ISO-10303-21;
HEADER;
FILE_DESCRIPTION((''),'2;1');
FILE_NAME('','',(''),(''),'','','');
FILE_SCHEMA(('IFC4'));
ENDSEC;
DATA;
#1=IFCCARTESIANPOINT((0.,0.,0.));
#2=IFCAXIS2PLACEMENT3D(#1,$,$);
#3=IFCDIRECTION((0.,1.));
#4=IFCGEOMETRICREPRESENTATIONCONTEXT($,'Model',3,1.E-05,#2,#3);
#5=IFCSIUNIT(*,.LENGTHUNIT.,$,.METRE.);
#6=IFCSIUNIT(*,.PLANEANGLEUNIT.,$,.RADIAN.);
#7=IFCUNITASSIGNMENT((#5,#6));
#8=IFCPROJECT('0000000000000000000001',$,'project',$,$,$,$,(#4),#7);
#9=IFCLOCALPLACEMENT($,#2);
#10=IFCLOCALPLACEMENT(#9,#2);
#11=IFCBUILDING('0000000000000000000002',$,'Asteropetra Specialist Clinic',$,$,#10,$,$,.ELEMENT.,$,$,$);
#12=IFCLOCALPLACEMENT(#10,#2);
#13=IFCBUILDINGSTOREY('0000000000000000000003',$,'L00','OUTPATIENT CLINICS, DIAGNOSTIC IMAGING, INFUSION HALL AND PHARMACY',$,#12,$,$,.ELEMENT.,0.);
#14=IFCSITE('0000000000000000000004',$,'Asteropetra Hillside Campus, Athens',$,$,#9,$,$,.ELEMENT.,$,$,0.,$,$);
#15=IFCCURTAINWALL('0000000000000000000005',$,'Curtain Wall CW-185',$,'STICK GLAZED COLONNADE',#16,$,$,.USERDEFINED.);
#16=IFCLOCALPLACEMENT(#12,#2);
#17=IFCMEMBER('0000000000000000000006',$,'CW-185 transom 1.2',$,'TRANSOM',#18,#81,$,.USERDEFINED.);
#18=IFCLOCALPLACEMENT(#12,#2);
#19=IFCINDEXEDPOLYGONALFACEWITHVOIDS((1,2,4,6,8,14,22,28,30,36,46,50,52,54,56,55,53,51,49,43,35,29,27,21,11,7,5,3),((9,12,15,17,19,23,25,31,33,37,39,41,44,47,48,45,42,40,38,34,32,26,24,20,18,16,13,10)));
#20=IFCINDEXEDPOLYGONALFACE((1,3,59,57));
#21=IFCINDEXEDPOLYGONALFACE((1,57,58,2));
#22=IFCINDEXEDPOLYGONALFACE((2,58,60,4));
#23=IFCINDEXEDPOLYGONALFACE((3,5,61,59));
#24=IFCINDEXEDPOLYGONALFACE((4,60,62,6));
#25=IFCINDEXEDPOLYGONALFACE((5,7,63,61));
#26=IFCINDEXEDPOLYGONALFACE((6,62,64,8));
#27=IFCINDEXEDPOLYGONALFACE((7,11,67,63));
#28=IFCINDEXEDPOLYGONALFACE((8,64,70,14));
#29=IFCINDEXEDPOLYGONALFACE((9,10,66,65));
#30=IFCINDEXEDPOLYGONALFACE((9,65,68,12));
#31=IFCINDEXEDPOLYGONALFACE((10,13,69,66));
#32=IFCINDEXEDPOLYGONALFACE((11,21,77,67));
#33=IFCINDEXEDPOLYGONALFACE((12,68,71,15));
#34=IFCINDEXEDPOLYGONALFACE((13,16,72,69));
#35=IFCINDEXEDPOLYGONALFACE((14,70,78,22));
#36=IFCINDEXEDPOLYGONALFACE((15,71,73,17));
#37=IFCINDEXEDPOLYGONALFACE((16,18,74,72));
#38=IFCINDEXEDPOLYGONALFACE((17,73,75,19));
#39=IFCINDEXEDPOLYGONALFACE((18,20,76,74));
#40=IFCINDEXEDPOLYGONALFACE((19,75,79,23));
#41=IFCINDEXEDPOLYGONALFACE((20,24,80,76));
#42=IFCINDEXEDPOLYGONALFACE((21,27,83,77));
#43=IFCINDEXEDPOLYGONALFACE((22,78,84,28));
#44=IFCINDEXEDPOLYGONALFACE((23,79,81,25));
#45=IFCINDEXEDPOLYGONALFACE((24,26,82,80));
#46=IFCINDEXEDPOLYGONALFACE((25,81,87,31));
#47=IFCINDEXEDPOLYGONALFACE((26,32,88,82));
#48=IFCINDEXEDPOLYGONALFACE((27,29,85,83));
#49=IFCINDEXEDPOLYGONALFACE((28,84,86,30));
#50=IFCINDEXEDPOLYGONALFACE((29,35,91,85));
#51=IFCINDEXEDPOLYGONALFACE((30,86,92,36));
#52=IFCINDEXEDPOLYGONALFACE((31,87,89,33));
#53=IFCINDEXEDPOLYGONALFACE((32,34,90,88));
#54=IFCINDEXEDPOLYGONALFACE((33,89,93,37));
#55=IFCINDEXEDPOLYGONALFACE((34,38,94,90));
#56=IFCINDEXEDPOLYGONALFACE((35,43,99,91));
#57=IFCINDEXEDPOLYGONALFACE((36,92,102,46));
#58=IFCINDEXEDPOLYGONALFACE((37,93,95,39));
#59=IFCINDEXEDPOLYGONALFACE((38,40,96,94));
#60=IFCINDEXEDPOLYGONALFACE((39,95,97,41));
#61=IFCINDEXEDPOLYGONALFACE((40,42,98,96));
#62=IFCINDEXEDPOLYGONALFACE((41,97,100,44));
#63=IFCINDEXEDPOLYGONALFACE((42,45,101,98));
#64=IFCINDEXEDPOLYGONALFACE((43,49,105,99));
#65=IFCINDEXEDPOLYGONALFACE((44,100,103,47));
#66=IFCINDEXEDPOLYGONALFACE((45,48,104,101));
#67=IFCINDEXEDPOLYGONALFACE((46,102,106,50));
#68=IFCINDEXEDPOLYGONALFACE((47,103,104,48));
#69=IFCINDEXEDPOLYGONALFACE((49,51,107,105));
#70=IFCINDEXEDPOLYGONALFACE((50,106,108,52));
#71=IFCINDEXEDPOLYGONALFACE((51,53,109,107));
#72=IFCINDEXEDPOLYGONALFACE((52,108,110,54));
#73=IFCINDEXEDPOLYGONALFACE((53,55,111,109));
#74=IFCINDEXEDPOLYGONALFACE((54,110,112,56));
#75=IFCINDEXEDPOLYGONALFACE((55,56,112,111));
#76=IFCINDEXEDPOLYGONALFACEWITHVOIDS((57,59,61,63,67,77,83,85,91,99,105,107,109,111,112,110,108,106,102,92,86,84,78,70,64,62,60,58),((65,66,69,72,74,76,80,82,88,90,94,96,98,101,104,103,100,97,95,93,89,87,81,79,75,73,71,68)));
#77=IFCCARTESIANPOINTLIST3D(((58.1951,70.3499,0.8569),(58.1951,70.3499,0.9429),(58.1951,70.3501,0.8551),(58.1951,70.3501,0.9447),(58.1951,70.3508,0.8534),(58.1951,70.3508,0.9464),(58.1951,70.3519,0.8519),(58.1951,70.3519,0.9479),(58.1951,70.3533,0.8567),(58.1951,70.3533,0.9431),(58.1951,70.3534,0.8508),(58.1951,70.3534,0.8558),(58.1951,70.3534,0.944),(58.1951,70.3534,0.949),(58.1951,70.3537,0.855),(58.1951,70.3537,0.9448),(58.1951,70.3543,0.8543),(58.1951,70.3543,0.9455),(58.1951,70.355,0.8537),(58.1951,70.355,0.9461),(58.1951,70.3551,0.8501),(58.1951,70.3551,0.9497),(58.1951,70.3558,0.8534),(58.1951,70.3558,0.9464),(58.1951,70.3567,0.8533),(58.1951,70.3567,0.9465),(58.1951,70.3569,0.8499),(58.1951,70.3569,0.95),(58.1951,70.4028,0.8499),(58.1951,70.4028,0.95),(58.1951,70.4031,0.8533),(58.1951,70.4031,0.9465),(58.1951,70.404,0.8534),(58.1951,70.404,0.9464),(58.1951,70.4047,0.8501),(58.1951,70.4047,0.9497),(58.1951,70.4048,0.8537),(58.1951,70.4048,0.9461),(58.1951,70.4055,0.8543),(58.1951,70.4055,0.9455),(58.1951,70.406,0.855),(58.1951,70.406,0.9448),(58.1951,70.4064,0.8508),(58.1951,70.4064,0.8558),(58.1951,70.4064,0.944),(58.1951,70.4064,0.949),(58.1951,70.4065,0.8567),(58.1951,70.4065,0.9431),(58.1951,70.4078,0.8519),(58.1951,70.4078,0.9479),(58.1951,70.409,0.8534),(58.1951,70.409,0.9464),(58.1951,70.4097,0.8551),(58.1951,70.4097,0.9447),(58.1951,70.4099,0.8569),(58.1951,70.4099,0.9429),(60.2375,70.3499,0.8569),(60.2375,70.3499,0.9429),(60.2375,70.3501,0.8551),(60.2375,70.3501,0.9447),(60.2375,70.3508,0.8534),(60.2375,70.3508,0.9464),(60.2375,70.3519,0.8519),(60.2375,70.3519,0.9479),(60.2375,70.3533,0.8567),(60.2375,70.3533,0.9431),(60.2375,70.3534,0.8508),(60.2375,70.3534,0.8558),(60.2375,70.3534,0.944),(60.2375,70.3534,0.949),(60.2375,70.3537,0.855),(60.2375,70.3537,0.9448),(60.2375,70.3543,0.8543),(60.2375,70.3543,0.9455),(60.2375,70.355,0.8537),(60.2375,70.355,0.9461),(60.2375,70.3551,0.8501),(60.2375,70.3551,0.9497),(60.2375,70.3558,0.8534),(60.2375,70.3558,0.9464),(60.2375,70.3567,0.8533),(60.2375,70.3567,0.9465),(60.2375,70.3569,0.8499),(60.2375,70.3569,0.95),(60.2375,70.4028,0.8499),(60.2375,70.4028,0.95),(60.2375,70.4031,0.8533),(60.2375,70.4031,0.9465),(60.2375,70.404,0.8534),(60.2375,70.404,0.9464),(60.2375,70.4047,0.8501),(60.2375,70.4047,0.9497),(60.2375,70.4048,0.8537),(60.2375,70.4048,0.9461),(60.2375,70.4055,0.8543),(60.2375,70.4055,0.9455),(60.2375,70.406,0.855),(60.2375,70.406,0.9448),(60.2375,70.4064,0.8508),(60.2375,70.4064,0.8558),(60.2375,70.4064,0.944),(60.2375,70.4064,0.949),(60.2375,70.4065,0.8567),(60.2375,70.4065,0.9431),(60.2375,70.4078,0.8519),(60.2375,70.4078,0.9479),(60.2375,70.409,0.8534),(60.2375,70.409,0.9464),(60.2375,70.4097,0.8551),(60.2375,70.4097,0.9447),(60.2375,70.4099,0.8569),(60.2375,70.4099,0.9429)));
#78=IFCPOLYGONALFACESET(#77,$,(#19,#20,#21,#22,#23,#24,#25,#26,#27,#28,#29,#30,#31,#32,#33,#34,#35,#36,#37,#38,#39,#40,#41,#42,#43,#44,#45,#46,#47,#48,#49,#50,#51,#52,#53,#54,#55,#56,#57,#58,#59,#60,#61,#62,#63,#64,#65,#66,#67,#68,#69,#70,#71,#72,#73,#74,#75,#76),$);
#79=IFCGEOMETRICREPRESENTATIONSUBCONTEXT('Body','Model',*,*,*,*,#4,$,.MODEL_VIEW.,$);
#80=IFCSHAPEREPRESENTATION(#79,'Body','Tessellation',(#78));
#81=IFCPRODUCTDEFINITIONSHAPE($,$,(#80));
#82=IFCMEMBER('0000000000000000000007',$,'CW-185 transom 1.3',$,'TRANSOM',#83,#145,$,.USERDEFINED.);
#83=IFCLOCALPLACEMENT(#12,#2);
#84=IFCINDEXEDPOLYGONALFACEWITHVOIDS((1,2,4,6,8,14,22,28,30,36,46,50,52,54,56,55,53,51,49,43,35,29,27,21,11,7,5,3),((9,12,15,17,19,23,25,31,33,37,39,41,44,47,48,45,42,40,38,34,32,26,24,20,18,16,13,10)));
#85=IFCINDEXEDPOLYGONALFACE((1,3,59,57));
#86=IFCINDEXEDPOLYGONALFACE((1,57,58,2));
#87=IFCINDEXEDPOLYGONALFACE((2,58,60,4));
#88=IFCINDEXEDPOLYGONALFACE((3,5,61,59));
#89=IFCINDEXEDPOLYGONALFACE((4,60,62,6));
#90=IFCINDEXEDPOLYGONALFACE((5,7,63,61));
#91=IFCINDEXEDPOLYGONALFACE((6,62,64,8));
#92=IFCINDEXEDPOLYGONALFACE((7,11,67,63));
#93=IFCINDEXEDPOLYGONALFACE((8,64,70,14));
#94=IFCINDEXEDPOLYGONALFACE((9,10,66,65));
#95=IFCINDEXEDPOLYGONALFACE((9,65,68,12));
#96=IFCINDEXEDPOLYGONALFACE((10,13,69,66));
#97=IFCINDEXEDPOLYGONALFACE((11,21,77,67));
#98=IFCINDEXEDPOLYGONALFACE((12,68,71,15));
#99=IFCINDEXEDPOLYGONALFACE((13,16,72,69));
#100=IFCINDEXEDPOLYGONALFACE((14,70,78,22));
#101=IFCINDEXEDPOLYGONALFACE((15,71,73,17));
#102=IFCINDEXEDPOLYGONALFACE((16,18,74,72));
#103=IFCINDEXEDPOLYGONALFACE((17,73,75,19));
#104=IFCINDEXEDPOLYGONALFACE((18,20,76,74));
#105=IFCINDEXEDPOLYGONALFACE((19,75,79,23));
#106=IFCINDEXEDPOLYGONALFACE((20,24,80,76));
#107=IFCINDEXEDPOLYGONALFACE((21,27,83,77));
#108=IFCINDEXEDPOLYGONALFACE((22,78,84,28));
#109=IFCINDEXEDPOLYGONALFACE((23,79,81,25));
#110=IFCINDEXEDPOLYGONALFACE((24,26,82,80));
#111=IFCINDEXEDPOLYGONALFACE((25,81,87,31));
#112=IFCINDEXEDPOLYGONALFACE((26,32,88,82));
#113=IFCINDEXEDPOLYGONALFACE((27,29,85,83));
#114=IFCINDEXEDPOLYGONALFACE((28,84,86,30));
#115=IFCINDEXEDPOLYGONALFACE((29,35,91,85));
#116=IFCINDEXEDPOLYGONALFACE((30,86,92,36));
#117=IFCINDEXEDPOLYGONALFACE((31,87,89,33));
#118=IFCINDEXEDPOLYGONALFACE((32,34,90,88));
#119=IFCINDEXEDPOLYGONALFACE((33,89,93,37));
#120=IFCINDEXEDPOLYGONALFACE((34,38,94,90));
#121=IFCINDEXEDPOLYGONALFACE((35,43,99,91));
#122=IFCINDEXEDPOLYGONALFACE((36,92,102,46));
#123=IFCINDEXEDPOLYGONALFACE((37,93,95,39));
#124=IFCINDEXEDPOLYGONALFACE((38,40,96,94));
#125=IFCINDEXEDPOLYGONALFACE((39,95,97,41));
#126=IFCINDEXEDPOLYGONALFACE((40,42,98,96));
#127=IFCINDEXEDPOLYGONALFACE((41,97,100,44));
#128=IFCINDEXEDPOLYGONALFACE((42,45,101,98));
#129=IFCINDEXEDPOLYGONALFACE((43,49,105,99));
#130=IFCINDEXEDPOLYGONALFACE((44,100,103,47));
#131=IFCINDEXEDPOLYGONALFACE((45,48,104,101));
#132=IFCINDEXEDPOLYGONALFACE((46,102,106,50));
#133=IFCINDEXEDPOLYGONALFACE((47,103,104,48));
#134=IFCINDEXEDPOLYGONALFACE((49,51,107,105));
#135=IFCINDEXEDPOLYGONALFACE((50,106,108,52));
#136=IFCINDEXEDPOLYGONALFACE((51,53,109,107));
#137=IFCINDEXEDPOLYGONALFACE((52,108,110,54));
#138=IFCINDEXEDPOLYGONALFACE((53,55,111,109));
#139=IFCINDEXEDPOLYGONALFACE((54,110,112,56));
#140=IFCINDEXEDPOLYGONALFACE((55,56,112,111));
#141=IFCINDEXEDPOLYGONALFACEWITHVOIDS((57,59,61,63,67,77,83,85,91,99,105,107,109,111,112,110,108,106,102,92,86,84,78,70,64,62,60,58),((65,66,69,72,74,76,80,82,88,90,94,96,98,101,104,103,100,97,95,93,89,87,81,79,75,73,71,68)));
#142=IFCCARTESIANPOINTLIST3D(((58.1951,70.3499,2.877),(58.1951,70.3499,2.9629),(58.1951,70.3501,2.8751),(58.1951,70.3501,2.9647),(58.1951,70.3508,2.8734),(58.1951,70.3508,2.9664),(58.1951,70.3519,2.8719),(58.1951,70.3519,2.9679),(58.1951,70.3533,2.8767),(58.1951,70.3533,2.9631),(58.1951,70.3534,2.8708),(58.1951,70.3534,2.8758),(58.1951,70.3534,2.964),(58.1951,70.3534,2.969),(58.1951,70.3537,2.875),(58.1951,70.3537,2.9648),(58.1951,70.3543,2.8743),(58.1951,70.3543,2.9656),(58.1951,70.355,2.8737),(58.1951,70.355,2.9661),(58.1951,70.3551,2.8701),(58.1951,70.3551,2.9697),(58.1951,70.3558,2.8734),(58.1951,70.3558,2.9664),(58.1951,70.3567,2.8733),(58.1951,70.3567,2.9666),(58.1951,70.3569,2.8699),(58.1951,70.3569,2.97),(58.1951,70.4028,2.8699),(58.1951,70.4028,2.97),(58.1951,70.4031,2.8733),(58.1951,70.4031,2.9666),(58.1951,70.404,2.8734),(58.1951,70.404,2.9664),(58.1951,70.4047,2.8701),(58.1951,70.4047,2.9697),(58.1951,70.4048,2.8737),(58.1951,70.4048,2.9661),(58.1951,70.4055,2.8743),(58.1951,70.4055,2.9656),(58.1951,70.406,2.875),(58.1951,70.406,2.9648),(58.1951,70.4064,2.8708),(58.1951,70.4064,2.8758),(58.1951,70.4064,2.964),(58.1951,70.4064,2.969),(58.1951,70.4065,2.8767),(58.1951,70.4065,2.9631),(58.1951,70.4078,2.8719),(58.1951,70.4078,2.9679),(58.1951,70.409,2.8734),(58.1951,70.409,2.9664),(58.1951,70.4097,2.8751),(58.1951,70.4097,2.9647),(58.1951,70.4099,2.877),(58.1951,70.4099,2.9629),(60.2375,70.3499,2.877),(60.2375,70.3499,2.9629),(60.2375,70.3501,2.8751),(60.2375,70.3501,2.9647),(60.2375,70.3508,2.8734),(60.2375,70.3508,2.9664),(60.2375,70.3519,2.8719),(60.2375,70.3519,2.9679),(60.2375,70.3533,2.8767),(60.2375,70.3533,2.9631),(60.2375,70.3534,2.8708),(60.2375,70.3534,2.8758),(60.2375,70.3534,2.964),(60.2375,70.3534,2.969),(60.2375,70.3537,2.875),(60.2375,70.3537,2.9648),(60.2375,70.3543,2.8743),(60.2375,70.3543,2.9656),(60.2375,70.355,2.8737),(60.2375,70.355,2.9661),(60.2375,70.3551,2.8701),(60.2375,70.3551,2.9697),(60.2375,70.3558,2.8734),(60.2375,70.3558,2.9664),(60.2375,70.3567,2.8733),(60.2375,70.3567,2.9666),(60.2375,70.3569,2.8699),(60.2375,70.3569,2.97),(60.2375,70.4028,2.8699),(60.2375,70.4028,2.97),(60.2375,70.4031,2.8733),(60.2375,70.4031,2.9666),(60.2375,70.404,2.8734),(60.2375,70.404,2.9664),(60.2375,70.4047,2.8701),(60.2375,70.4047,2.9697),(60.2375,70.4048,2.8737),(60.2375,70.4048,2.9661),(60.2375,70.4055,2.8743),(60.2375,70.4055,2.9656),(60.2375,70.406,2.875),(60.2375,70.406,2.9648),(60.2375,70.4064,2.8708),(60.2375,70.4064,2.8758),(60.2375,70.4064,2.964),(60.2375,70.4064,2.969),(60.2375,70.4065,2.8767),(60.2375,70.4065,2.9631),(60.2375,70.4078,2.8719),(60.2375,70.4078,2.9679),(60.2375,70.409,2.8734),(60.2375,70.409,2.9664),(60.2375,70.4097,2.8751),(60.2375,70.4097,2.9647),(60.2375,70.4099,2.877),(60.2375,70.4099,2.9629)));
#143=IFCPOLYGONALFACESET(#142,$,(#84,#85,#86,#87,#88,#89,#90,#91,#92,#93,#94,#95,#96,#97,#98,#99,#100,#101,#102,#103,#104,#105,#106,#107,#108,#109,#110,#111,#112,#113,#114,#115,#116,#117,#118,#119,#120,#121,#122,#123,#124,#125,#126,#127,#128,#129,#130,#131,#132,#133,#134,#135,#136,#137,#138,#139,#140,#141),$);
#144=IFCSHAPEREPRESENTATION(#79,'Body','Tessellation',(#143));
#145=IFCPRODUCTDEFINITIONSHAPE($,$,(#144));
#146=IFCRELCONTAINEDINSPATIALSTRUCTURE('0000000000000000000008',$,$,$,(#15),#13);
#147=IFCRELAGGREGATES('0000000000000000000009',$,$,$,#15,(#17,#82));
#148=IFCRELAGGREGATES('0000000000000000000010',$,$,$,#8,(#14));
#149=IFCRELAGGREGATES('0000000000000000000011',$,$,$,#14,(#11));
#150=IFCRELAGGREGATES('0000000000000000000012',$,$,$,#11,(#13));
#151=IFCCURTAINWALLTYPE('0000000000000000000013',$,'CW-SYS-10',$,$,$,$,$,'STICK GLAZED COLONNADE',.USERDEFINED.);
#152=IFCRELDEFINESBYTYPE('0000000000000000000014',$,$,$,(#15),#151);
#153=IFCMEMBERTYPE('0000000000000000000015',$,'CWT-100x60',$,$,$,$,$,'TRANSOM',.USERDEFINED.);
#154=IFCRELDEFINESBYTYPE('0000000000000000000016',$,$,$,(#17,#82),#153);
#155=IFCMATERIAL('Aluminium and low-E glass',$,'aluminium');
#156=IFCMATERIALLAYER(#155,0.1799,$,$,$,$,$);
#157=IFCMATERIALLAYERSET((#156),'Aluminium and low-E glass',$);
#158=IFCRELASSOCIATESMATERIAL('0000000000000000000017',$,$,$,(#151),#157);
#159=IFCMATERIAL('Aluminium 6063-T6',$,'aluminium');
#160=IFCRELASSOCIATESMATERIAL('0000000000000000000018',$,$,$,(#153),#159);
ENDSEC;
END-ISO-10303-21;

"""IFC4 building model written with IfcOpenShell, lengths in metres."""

from ifc_helpers import new_model, si_unit, direction, frame, origin, origin_2d, place, context, subcontext, project, spatial, hollow_rectangle, extrude, material, layer, layer_set, material_profile, profile_set, type_object, element, aggregate, save


model = new_model("IFC4")

# Units and contexts
model_context = context("Model", 3, precision=1e-05, world=origin(), true_north=direction((0.0, 1.0)))
body_context = subcontext(model_context, "Body", "Model", "MODEL_VIEW")
ifc_project = project(units=[si_unit("LENGTHUNIT", "METRE"), si_unit("PLANEANGLEUNIT", "RADIAN")], contexts=[model_context])

# Site, building, storey
site_placement = place(None, origin())
site = spatial("IfcSite", under=ifc_project, at=site_placement, Name="Asteropetra Hillside Campus, Athens", CompositionType="ELEMENT", RefElevation=0.0)
building_placement = place(site_placement, origin())
building = spatial("IfcBuilding", under=site, at=building_placement, Name="Asteropetra Specialist Clinic", CompositionType="ELEMENT")
storey_placement = place(building_placement, origin())
storey = spatial("IfcBuildingStorey", under=building, at=storey_placement, Name="L00", Description="OUTPATIENT CLINICS, DIAGNOSTIC IMAGING, INFUSION HALL AND PHARMACY", CompositionType="ELEMENT", Elevation=0.0)

# Curtain wall
ifc_material_1 = material(Name="Aluminium and low-E glass", Category="aluminium")
ifc_layer_1 = layer(ifc_material_1, 0.1799)
ifc_layer_set_1 = layer_set([ifc_layer_1], Name="Aluminium and low-E glass")
curtain_wall_type_1 = type_object("IfcCurtainWallType", Name="CW-SYS-10", ElementType="STICK GLAZED COLONNADE", PredefinedType="USERDEFINED", material=ifc_layer_set_1)
curtain_wall_1_placement = place(storey_placement, origin())
curtain_wall_1 = element("IfcCurtainWall", 1, at=curtain_wall_1_placement, inside=storey, type_object=curtain_wall_type_1, Name="Curtain Wall CW-185", ObjectType="STICK GLAZED COLONNADE", PredefinedType="USERDEFINED")

# Members
ifc_material_2 = material(Name="Aluminium 6063-T6", Category="aluminium")
ifc_material_profile_1 = material_profile(ifc_material_2, hollow_rectangle(XDim=0.0601, YDim=0.1001, WallThickness=0.0034, InnerFilletRadius=0.0034, OuterFilletRadius=0.0071, at=origin_2d()), Name="TRN 100x60x3.5")
ifc_profile_set_1 = profile_set([ifc_material_profile_1], Name="Aluminium 6063-T6")
member_type_1 = type_object("IfcMemberType", Name="CWT-100x60", ElementType="TRANSOM", PredefinedType="USERDEFINED", material=ifc_profile_set_1)
member_1_placement = place(storey_placement, frame((58.1951, 70.3799, 0.8999), z_axis=(1.0, 0.0, 0.0), x_axis=(0.0, 1.0, 0.0)))
member_1 = element("IfcMember", 2, at=member_1_placement, type_object=member_type_1, Name="CW-185 transom 1.2", ObjectType="TRANSOM", PredefinedType="USERDEFINED", context=body_context, shape_type="SweptSolid", body=[
    extrude(hollow_rectangle(XDim=0.0601, YDim=0.1001, WallThickness=0.0034, InnerFilletRadius=0.0034, OuterFilletRadius=0.0071, at=origin_2d()), origin(), (0.0, 0.0, 1.0), 2.0425),
])
member_2_placement = place(storey_placement, frame((58.1951, 70.3799, 2.9199), z_axis=(1.0, 0.0, 0.0), x_axis=(0.0, 1.0, 0.0)))
member_2 = element("IfcMember", 3, at=member_2_placement, type_object=member_type_1, Name="CW-185 transom 1.3", ObjectType="TRANSOM", PredefinedType="USERDEFINED", context=body_context, shape_type="SweptSolid", body=[
    extrude(hollow_rectangle(XDim=0.0601, YDim=0.1001, WallThickness=0.0034, InnerFilletRadius=0.0034, OuterFilletRadius=0.0071, at=origin_2d()), origin(), (0.0, 0.0, 1.0), 2.0425),
])

aggregate(curtain_wall_1, [member_1, member_2])

save(model, "model.ifc")
